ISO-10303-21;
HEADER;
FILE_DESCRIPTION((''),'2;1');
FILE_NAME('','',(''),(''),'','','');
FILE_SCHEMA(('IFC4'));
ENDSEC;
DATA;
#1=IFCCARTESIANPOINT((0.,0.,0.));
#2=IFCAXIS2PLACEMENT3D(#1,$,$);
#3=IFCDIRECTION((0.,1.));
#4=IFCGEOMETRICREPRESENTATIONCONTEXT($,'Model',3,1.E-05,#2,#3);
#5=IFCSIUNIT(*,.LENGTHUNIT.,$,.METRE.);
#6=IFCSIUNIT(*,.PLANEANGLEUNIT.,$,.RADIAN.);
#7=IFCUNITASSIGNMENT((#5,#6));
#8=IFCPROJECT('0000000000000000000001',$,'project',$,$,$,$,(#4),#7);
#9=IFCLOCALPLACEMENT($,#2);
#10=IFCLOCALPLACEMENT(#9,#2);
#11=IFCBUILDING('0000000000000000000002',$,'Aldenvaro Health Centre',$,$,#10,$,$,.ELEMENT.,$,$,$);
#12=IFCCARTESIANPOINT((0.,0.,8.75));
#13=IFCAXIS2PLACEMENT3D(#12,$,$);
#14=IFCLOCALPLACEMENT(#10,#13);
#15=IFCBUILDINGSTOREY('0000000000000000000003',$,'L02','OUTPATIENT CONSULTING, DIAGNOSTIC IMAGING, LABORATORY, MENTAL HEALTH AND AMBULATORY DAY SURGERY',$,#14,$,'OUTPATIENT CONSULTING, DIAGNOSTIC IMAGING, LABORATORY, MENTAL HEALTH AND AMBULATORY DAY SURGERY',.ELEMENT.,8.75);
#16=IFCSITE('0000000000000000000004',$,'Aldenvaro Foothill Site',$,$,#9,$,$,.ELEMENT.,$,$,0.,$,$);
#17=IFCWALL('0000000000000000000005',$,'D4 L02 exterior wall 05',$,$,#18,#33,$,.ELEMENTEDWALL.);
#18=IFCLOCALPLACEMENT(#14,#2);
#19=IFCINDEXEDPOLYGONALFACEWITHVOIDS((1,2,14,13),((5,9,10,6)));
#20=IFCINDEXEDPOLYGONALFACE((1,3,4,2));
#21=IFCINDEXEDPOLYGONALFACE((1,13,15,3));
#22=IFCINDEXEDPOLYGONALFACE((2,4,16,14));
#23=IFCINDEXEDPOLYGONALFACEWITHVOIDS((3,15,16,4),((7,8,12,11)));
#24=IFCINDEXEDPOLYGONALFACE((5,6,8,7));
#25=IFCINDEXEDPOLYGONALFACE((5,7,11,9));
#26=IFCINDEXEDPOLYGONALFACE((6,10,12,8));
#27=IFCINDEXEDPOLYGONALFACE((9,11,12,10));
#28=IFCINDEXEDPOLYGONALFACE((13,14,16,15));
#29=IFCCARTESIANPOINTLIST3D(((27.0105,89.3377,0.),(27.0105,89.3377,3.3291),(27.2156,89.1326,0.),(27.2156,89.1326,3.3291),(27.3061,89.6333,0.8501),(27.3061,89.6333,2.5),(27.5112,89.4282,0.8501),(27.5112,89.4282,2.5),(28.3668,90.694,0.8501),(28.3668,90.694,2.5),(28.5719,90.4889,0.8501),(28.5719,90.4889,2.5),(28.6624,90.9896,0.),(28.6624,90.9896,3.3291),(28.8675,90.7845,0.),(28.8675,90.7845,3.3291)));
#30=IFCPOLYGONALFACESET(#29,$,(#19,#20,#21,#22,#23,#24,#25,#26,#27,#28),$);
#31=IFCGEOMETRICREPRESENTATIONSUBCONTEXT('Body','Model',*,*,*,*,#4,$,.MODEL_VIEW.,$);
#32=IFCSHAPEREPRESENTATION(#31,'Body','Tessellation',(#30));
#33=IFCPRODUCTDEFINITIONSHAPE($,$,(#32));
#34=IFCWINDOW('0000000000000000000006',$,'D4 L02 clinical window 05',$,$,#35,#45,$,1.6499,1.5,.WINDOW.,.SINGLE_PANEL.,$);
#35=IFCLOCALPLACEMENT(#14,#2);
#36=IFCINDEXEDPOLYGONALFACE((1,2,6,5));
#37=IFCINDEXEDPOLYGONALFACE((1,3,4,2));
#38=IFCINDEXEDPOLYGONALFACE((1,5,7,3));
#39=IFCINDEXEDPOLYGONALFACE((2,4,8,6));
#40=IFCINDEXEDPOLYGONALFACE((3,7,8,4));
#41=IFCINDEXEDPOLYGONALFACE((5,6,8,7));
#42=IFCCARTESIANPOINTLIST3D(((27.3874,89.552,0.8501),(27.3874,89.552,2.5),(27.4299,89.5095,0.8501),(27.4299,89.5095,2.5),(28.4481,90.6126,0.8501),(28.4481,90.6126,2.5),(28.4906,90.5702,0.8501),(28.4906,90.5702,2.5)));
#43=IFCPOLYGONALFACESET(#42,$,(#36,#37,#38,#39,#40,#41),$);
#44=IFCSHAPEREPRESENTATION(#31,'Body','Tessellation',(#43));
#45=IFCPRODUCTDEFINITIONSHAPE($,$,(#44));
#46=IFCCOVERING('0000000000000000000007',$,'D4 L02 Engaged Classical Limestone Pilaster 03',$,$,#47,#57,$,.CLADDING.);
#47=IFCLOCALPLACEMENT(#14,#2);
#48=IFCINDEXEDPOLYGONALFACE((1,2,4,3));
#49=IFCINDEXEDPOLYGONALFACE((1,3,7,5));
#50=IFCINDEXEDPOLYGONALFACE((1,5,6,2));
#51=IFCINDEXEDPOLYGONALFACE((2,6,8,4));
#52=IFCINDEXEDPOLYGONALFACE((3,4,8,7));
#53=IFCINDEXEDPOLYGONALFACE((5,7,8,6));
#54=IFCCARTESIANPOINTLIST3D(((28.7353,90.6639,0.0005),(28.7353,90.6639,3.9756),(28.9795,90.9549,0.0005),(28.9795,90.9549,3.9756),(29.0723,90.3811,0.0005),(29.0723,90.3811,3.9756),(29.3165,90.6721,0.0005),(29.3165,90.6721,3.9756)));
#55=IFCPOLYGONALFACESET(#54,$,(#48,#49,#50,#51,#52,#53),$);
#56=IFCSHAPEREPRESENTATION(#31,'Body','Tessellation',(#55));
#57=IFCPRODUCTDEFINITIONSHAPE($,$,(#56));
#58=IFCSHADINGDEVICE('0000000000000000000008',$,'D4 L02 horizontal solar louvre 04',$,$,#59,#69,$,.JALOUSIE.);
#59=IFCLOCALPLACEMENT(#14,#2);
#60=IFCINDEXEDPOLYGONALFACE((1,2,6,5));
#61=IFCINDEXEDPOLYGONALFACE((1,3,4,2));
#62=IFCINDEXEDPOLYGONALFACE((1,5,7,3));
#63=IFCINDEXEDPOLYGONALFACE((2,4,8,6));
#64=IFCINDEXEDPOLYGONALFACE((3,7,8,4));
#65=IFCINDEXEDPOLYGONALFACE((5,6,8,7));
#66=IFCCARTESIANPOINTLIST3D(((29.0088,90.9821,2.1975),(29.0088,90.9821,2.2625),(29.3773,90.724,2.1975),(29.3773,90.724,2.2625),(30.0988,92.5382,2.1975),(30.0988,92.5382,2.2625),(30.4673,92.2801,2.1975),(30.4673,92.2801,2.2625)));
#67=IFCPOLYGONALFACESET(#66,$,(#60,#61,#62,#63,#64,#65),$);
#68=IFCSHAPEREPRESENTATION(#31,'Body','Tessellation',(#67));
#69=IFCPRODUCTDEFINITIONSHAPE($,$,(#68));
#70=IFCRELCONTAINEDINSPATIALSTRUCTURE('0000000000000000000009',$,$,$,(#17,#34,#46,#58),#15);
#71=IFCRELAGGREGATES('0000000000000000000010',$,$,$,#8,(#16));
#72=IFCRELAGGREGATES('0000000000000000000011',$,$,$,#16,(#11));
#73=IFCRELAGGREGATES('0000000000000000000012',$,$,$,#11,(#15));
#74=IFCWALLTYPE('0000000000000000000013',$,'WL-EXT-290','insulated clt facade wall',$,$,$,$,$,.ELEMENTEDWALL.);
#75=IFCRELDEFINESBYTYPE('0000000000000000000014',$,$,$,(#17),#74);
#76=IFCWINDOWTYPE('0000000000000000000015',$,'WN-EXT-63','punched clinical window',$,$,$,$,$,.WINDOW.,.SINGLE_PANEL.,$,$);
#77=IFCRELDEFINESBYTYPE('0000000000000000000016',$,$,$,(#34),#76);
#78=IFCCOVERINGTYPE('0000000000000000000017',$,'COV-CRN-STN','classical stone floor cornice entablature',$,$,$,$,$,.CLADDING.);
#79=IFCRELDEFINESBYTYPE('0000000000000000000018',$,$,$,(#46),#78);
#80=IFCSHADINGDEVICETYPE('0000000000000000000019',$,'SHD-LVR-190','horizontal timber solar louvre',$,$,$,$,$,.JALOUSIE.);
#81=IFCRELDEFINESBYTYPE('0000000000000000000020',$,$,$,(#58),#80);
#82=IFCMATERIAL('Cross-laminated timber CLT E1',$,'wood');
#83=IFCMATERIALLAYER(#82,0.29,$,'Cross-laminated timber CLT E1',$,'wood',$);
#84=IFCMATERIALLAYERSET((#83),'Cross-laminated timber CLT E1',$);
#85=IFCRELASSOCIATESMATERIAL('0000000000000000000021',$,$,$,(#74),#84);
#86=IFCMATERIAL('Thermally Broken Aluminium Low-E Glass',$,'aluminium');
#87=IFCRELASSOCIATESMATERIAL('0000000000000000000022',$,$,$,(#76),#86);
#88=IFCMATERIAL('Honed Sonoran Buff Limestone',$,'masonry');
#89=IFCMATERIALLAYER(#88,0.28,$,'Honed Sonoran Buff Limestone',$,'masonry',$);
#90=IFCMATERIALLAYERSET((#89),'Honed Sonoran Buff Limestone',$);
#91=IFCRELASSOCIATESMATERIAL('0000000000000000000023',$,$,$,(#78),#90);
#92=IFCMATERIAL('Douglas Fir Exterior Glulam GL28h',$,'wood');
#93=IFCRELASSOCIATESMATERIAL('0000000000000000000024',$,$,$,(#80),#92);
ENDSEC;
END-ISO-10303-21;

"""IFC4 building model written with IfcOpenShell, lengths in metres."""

from ifc_helpers import new_model, si_unit, direction, frame, frame_2d, origin, origin_2d, place, context, subcontext, project, spatial, rectangle, extrude, material, layer, layer_set, type_object, element, fill, save


model = new_model("IFC4")

# Units and contexts
model_context = context("Model", 3, precision=1e-05, world=origin(), true_north=direction((0.0, 1.0)))
body_context = subcontext(model_context, "Body", "Model", "MODEL_VIEW")
ifc_project = project(units=[si_unit("LENGTHUNIT", "METRE"), si_unit("PLANEANGLEUNIT", "RADIAN")], contexts=[model_context])

# Site, building, storey
site_placement = place(None, origin())
site = spatial("IfcSite", under=ifc_project, at=site_placement, Name="Aldenvaro Foothill Site", CompositionType="ELEMENT", RefElevation=0.0)
building_placement = place(site_placement, origin())
building = spatial("IfcBuilding", under=site, at=building_placement, Name="Aldenvaro Health Centre", CompositionType="ELEMENT")
storey_placement = place(building_placement, frame((0.0, 0.0, 8.75)))
storey = spatial("IfcBuildingStorey", under=building, at=storey_placement, Name="L02", Description="OUTPATIENT CONSULTING, DIAGNOSTIC IMAGING, LABORATORY, MENTAL HEALTH AND AMBULATORY DAY SURGERY", LongName="OUTPATIENT CONSULTING, DIAGNOSTIC IMAGING, LABORATORY, MENTAL HEALTH AND AMBULATORY DAY SURGERY", CompositionType="ELEMENT", Elevation=8.75)

# Wall, opening, window
ifc_material_1 = material(Name="Cross-laminated timber CLT E1", Category="wood")
ifc_layer_1 = layer(ifc_material_1, 0.29, Name="Cross-laminated timber CLT E1", Category="wood")
ifc_layer_set_1 = layer_set([ifc_layer_1], Name="Cross-laminated timber CLT E1")
wall_type = type_object("IfcWallType", Name="WL-EXT-290", Description="insulated clt facade wall", PredefinedType="ELEMENTEDWALL", material=ifc_layer_set_1)
wall_placement = place(storey_placement, frame((28.7649, 90.887, 0.0), z_axis=(0.0, 0.0, 1.0), x_axis=(-0.707107, -0.707107, 0.0)))
wall = element("IfcWall", 1, at=wall_placement, inside=storey, type_object=wall_type, Name="D4 L02 exterior wall 05", PredefinedType="ELEMENTEDWALL", context=body_context, shape_type="SweptSolid", body=[
    extrude(rectangle(XDim=2.3362, YDim=0.29, at=frame_2d((1.168, 0.0))), origin(), (0.0, 0.0, 1.0), 3.3291),
])
opening_placement = place(wall_placement, frame((0.418, 0.0, 0.8501)))
opening = element("IfcOpeningElement", 2, at=opening_placement, cuts=wall, PredefinedType="OPENING", context=body_context, shape_type="SweptSolid", body=[
    extrude(rectangle(XDim=1.5, YDim=1.6499, at=frame_2d((0.75, 0.825))), frame((0.0, 0.155, 0.0), z_axis=(0.0, -1.0, 0.0), x_axis=(1.0, 0.0, 0.0)), (0.0, 0.0, 1.0), 0.3101),
])
ifc_material_2 = material(Name="Thermally Broken Aluminium Low-E Glass", Category="aluminium")
window_type = type_object("IfcWindowType", Name="WN-EXT-63", Description="punched clinical window", PartitioningType="SINGLE_PANEL", PredefinedType="WINDOW", material=ifc_material_2)
window_placement = place(opening_placement, origin())
window = element("IfcWindow", 3, at=window_placement, inside=storey, type_object=window_type, Name="D4 L02 clinical window 05", OverallHeight=1.6499, OverallWidth=1.5, PartitioningType="SINGLE_PANEL", PredefinedType="WINDOW", context=body_context, shape_type="SweptSolid", body=[
    extrude(rectangle(XDim=1.5, YDim=1.6499, at=frame_2d((0.75, 0.825))), frame((0.0, 0.03, 0.0), z_axis=(0.0, -1.0, 0.0), x_axis=(1.0, 0.0, 0.0)), (0.0, 0.0, 1.0), 0.0601),
])
fill(opening, window)

# Covering
ifc_material_3 = material(Name="Honed Sonoran Buff Limestone", Category="masonry")
ifc_layer_2 = layer(ifc_material_3, 0.28, Name="Honed Sonoran Buff Limestone", Category="masonry")
ifc_layer_set_2 = layer_set([ifc_layer_2], Name="Honed Sonoran Buff Limestone")
covering_type = type_object("IfcCoveringType", Name="COV-CRN-STN", Description="classical stone floor cornice entablature", PredefinedType="CLADDING", material=ifc_layer_set_2)
covering_placement = place(storey_placement, frame((29.0259, 90.668, 0.0005), z_axis=(0.0, 0.0, 1.0), x_axis=(0.766058, -0.642772, 0.0)))
element("IfcCovering", 4, at=covering_placement, inside=storey, type_object=covering_type, Name="D4 L02 Engaged Classical Limestone Pilaster 03", PredefinedType="CLADDING", context=body_context, shape_type="SweptSolid", body=[
    extrude(rectangle(XDim=0.4399, YDim=0.3799, at=origin_2d()), origin(), (0.0, 0.0, 1.0), 3.9751),
])

# Shading device
ifc_material_4 = material(Name="Douglas Fir Exterior Glulam GL28h", Category="wood")
shading_device_type = type_object("IfcShadingDeviceType", Name="SHD-LVR-190", Description="horizontal timber solar louvre", PredefinedType="JALOUSIE", material=ifc_material_4)
shading_device_placement = place(storey_placement, frame((29.738, 91.6311, 2.1975), z_axis=(0.0, 0.0, 1.0), x_axis=(-0.573721, -0.819051, 0.0)))
element("IfcShadingDevice", 5, at=shading_device_placement, inside=storey, type_object=shading_device_type, Name="D4 L02 horizontal solar louvre 04", PredefinedType="JALOUSIE", context=body_context, shape_type="SweptSolid", body=[
    extrude(rectangle(XDim=1.8999, YDim=0.45, at=origin_2d()), origin(), (0.0, 0.0, 1.0), 0.0649),
])

save(model, "model.ifc")
